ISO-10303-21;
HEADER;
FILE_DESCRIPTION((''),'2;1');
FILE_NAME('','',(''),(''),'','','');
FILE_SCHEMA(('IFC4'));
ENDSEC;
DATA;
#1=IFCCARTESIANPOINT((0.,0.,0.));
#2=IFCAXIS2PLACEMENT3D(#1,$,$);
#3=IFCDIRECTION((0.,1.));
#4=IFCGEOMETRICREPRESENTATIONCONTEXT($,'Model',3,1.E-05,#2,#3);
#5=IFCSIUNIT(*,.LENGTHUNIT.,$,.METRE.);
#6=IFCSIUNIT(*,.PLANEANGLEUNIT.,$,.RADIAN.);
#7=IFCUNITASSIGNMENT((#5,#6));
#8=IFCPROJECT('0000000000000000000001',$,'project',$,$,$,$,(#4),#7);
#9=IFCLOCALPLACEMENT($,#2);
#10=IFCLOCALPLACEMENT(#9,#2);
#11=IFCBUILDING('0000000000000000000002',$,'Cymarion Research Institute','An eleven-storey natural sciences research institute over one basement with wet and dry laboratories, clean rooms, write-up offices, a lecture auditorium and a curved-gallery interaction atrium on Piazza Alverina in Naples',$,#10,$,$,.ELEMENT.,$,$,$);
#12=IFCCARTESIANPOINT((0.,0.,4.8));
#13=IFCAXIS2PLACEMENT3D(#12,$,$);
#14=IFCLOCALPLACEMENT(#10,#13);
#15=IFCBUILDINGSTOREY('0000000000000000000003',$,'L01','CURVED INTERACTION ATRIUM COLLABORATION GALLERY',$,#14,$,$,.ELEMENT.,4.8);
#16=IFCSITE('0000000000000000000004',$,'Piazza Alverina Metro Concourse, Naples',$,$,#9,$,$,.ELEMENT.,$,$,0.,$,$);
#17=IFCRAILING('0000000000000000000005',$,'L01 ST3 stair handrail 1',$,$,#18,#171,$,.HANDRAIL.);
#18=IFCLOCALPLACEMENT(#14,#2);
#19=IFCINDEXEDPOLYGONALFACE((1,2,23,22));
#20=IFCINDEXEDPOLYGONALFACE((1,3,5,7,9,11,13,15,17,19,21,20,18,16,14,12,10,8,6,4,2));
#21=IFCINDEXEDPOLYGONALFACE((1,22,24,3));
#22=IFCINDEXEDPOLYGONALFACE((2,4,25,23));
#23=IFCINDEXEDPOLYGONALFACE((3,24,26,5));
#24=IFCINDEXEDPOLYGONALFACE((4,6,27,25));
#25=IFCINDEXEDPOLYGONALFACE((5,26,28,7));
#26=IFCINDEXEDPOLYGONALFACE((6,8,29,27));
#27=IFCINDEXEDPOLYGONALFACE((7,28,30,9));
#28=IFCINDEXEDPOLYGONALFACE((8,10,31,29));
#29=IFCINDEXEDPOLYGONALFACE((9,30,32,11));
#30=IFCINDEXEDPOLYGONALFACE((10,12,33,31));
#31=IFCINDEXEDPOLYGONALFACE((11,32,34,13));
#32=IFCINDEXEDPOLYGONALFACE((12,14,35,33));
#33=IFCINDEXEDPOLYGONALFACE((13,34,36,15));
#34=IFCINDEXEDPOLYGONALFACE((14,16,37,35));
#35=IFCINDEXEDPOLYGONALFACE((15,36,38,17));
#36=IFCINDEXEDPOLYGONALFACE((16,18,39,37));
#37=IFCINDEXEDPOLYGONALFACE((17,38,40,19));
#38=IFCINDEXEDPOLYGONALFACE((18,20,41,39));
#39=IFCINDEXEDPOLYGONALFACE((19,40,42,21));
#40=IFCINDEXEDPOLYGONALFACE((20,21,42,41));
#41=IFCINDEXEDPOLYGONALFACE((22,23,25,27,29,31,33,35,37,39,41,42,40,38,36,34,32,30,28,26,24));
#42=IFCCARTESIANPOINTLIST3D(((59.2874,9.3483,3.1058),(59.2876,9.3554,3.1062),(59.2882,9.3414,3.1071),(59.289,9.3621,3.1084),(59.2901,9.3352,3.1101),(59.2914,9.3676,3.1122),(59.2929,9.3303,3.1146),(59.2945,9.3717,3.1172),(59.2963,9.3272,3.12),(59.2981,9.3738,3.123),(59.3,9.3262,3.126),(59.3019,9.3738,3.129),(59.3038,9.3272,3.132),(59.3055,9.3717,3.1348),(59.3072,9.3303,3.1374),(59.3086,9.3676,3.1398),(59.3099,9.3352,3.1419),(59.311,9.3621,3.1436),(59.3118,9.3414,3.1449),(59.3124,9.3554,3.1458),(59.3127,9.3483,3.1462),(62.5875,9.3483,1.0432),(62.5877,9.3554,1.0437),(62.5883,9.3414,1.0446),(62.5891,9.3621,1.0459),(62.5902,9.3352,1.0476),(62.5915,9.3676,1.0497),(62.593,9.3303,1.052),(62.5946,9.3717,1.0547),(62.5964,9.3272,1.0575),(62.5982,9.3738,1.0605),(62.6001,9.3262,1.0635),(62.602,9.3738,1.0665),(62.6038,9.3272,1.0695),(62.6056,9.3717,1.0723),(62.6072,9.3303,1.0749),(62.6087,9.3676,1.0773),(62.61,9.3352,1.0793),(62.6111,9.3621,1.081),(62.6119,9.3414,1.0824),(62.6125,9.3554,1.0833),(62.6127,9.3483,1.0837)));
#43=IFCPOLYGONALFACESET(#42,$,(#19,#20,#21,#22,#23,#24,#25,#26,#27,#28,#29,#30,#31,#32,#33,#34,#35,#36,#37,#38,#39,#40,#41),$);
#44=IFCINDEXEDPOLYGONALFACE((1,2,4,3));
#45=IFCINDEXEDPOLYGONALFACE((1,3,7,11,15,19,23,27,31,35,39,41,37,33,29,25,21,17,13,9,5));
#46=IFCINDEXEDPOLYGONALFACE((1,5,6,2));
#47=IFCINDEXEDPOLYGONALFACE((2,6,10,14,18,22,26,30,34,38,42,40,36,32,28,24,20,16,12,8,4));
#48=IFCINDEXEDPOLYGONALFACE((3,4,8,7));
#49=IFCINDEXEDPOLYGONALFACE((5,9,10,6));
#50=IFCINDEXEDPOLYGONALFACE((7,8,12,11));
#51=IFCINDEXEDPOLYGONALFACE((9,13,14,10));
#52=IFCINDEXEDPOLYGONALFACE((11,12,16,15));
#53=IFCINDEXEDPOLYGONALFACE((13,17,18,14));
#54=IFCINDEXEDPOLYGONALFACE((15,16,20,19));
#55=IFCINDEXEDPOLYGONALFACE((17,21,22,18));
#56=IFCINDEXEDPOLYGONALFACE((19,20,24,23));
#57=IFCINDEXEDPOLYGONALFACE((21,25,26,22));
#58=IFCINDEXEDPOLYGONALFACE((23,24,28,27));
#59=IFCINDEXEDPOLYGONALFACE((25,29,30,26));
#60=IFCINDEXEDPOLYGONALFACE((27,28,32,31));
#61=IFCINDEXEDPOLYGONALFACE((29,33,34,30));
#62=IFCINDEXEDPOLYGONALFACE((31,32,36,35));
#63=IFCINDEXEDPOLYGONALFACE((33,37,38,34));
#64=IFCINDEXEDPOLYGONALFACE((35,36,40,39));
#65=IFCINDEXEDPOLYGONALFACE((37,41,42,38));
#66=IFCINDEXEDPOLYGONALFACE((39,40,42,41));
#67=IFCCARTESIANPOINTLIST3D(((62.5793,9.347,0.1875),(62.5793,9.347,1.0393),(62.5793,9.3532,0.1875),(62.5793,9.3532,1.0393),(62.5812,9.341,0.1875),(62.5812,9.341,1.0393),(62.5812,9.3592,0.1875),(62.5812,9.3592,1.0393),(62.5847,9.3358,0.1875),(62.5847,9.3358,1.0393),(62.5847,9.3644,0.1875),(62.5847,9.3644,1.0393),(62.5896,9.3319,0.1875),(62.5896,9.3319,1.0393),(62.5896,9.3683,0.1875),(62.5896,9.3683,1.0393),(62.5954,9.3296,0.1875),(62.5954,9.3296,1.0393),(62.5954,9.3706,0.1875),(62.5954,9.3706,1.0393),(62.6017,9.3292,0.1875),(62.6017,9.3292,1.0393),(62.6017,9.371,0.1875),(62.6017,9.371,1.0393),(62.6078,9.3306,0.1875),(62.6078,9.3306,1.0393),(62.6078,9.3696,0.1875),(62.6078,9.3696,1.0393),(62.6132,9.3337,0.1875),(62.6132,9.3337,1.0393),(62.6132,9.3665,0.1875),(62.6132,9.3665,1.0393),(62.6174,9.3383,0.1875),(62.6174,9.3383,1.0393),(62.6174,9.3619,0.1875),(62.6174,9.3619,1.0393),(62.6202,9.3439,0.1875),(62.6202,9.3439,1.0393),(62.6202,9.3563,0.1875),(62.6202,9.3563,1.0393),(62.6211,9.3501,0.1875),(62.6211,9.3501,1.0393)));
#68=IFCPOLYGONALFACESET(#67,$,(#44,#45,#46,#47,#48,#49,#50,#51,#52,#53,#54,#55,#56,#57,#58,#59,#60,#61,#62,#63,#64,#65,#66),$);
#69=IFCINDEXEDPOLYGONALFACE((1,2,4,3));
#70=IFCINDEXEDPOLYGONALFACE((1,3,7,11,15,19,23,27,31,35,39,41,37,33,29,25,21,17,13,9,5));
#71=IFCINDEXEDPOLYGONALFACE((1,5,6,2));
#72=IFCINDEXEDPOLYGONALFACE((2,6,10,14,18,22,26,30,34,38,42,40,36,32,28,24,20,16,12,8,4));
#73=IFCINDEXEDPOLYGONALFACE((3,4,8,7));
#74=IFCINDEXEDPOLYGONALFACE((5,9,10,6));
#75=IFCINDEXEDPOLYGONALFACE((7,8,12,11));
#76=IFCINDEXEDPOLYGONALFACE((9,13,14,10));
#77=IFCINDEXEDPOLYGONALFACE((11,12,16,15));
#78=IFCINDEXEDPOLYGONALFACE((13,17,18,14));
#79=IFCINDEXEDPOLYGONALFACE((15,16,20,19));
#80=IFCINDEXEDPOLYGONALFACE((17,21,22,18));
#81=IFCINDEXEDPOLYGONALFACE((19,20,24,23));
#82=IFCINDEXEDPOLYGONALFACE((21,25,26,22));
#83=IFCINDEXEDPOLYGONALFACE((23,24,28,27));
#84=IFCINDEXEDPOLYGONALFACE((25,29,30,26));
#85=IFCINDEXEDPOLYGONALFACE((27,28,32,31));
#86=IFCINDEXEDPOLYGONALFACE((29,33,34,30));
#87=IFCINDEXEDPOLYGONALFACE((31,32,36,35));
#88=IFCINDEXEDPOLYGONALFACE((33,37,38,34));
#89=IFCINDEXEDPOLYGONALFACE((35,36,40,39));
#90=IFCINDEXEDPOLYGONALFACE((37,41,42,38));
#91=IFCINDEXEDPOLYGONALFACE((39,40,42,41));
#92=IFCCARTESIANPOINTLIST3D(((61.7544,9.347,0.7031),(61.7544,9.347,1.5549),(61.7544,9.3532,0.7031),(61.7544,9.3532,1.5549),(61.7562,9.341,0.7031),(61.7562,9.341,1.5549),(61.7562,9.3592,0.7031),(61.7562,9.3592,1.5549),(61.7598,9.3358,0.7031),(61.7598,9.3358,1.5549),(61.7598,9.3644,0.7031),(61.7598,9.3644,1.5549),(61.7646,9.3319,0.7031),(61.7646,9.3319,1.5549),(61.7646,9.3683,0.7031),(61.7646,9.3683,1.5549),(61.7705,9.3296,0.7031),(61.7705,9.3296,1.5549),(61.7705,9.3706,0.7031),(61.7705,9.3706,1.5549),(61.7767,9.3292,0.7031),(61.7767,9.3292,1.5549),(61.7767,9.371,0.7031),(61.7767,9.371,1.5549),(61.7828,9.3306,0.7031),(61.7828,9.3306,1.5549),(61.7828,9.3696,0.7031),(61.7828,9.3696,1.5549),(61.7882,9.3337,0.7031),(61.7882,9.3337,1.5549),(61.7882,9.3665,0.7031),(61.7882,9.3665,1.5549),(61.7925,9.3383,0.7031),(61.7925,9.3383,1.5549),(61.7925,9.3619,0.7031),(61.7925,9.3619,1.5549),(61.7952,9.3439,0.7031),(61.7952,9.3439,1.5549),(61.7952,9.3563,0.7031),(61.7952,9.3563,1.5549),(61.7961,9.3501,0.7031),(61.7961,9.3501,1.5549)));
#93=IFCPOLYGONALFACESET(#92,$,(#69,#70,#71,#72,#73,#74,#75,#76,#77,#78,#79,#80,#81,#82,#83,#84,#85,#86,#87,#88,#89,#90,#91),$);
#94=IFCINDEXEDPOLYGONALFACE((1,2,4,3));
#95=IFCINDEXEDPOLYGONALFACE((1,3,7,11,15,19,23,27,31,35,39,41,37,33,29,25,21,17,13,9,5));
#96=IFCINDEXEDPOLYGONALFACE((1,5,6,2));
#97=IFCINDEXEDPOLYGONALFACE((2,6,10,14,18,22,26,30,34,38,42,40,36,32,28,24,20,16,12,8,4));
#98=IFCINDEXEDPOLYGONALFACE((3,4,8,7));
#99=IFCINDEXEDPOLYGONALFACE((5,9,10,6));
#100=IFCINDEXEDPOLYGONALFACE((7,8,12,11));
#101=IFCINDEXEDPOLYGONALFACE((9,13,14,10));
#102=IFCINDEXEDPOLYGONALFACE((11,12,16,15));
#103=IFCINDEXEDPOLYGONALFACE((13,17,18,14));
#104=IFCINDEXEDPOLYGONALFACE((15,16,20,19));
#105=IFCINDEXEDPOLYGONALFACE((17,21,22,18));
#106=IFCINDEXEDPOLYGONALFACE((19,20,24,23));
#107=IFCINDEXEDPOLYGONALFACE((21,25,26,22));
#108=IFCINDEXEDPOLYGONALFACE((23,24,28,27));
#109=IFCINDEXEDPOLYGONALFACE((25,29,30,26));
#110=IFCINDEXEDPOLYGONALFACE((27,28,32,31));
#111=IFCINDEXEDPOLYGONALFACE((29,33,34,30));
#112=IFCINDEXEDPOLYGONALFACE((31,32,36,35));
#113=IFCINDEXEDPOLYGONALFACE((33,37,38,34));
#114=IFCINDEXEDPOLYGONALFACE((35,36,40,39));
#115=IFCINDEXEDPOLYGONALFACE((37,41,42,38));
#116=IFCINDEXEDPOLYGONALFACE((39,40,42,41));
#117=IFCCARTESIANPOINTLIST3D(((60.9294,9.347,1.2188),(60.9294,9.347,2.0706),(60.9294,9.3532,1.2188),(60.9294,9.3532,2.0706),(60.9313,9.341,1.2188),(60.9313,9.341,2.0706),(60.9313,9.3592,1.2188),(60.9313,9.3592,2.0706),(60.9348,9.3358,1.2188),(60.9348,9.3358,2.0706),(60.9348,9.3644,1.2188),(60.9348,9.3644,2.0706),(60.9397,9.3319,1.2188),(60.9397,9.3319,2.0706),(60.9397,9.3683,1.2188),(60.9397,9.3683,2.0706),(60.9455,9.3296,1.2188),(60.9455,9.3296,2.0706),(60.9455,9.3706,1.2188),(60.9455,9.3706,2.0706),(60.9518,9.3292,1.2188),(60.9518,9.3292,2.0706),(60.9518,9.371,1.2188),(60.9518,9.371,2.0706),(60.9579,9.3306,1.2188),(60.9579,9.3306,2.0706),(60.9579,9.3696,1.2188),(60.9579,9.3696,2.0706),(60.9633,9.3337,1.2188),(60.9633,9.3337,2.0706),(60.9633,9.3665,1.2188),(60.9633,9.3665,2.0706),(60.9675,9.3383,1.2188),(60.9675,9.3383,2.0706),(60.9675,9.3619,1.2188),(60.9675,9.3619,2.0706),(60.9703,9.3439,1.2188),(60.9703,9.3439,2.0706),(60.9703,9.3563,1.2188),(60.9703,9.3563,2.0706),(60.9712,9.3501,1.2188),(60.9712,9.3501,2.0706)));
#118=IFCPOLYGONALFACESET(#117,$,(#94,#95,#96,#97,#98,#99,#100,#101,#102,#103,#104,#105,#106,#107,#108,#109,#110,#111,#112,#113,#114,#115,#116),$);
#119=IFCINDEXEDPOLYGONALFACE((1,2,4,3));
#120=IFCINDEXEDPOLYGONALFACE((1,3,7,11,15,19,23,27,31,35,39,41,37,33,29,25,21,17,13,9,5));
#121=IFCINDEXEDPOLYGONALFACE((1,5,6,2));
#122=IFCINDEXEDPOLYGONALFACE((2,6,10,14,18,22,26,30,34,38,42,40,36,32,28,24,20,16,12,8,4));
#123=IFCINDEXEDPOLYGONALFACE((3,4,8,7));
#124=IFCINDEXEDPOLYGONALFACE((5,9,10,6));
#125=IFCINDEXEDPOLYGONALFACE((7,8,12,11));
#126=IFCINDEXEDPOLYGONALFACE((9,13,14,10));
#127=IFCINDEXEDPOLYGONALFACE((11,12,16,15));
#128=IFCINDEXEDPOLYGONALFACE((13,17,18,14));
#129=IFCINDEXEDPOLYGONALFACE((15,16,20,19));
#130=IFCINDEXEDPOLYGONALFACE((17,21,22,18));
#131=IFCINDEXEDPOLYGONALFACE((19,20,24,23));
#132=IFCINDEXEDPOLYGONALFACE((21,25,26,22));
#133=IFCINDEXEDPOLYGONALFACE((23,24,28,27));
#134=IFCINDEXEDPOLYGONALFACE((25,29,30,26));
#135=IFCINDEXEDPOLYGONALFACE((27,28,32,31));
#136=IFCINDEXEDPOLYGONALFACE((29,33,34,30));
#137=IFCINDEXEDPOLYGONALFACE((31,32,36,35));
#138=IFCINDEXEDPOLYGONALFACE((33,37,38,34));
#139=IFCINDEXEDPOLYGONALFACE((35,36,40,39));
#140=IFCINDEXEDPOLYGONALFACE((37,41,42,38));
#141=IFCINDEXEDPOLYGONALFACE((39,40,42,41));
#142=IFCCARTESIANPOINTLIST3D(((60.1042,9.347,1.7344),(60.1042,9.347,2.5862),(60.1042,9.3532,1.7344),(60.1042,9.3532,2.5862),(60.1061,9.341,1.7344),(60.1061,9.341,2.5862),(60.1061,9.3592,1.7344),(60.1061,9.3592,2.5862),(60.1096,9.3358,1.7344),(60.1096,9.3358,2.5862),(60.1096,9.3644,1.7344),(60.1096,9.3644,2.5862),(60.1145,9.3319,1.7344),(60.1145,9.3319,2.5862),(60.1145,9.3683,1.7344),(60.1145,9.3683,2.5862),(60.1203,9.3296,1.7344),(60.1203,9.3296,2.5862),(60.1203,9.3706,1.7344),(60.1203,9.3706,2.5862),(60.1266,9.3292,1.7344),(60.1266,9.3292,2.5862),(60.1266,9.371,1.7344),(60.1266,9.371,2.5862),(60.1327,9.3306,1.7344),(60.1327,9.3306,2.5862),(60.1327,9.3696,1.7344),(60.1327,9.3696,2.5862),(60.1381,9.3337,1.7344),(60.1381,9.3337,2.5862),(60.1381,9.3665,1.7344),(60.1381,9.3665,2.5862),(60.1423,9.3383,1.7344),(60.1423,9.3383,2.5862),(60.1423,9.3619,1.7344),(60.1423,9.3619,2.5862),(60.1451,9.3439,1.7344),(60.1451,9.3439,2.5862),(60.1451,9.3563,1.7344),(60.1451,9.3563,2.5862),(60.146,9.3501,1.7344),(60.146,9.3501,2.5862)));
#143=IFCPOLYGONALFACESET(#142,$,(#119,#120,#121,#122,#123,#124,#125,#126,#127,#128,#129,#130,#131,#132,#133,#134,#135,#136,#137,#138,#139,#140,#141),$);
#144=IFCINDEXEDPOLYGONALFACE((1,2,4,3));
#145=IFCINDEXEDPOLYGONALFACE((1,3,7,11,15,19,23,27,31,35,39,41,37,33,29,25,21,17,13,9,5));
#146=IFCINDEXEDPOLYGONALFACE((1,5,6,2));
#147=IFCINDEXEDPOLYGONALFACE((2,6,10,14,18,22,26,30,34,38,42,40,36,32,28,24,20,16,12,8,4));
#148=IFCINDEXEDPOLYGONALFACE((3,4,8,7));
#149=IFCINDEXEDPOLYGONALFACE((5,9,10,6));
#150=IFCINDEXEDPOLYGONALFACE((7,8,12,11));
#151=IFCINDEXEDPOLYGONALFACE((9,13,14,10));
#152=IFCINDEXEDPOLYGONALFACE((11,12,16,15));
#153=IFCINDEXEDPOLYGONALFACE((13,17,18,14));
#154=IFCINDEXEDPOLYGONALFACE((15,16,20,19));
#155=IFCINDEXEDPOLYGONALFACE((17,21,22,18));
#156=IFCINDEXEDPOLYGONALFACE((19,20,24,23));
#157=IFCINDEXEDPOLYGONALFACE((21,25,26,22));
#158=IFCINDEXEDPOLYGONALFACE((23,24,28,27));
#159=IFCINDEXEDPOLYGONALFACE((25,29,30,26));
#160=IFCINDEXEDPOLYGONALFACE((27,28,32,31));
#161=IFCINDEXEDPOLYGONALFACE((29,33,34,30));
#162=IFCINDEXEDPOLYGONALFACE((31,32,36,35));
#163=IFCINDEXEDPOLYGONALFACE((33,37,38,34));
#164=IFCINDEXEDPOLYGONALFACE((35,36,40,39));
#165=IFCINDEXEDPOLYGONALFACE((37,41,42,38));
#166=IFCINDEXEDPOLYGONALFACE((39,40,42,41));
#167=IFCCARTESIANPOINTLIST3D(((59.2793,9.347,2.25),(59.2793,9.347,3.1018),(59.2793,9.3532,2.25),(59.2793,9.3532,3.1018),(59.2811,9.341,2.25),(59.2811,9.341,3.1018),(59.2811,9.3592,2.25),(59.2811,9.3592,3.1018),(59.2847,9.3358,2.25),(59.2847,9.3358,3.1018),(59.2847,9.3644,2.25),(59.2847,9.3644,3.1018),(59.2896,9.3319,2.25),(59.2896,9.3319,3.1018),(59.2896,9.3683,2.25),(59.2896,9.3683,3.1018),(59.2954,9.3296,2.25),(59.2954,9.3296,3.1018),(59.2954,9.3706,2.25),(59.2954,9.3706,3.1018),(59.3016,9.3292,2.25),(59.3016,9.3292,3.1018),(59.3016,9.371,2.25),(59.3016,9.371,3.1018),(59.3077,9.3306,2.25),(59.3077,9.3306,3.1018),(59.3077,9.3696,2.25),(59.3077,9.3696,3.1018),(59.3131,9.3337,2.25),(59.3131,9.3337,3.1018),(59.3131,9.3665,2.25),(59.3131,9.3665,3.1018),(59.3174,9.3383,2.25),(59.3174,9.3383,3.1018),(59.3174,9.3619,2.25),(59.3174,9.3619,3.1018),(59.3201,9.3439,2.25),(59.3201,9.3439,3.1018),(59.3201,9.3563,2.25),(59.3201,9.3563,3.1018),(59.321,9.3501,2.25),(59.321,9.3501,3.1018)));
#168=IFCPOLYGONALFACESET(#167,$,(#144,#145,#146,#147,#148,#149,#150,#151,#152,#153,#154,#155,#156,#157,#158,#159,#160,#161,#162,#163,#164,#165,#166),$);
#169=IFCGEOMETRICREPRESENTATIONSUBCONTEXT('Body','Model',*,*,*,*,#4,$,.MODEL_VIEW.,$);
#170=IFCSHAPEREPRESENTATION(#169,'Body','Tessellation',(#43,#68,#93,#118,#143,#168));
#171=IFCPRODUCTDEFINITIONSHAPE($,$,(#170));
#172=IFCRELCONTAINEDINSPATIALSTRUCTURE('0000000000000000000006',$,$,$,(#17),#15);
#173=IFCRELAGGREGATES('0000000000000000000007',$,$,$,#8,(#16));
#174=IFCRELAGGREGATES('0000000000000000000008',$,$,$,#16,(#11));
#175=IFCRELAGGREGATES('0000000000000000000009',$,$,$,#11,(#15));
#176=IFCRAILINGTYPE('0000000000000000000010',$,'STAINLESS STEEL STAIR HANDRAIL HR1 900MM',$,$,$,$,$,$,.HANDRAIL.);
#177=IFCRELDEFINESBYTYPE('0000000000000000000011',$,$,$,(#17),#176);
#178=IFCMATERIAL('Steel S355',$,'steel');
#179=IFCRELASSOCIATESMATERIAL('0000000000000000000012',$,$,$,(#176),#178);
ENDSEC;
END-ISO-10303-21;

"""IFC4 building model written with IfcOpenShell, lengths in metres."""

from ifc_helpers import new_model, si_unit, direction, frame, origin, origin_2d, place, context, subcontext, project, spatial, circle, extrude, material, type_object, element, save


model = new_model("IFC4")

# Units and contexts
model_context = context("Model", 3, precision=1e-05, world=origin(), true_north=direction((0.0, 1.0)))
body_context = subcontext(model_context, "Body", "Model", "MODEL_VIEW")
ifc_project = project(units=[si_unit("LENGTHUNIT", "METRE"), si_unit("PLANEANGLEUNIT", "RADIAN")], contexts=[model_context])

# Site, building, storey
site_placement = place(None, origin())
site = spatial("IfcSite", under=ifc_project, at=site_placement, Name="Piazza Alverina Metro Concourse, Naples", CompositionType="ELEMENT", RefElevation=0.0)
building_placement = place(site_placement, origin())
building = spatial("IfcBuilding", under=site, at=building_placement, Name="Cymarion Research Institute", Description="An eleven-storey natural sciences research institute over one basement with wet and dry laboratories, clean rooms, write-up offices, a lecture auditorium and a curved-gallery interaction atrium on Piazza Alverina in Naples", CompositionType="ELEMENT")
storey_placement = place(building_placement, frame((0.0, 0.0, 4.8)))
storey = spatial("IfcBuildingStorey", under=building, at=storey_placement, Name="L01", Description="CURVED INTERACTION ATRIUM COLLABORATION GALLERY", CompositionType="ELEMENT", Elevation=4.8)

# Shared definitions
ifc_material_1 = material(Name="Steel S355", Category="steel")

# Railing
railing_type_1 = type_object("IfcRailingType", Name="STAINLESS STEEL STAIR HANDRAIL HR1 900MM", PredefinedType="HANDRAIL", material=ifc_material_1)
railing_1_placement = place(storey_placement, frame((62.6001, 9.3501, 0.1875)))
element("IfcRailing", 1, at=railing_1_placement, inside=storey, type_object=railing_type_1, Name="L01 ST3 stair handrail 1", PredefinedType="HANDRAIL", context=body_context, shape_type="SweptSolid", body=[
    extrude(circle(Radius=0.0239, at=origin_2d()), frame((0.0, 0.0, 0.876), z_axis=(-0.848002, 0.0, 0.529993), x_axis=(0.0, -1.0, 0.0)), (0.0, 0.0, 1.0), 3.8916),
    extrude(circle(Radius=0.021, at=origin_2d()), origin(), (0.0, 0.0, 1.0), 0.8518),
    extrude(circle(Radius=0.021, at=origin_2d()), frame((-0.825, 0.0, 0.5156)), (0.0, 0.0, 1.0), 0.8518),
    extrude(circle(Radius=0.021, at=origin_2d()), frame((-1.6499, 0.0, 1.0312)), (0.0, 0.0, 1.0), 0.8518),
    extrude(circle(Radius=0.021, at=origin_2d()), frame((-2.4751, 0.0, 1.5469)), (0.0, 0.0, 1.0), 0.8518),
    extrude(circle(Radius=0.021, at=origin_2d()), frame((-3.3, 0.0, 2.0625)), (0.0, 0.0, 1.0), 0.8518),
])

save(model, "model.ifc")
